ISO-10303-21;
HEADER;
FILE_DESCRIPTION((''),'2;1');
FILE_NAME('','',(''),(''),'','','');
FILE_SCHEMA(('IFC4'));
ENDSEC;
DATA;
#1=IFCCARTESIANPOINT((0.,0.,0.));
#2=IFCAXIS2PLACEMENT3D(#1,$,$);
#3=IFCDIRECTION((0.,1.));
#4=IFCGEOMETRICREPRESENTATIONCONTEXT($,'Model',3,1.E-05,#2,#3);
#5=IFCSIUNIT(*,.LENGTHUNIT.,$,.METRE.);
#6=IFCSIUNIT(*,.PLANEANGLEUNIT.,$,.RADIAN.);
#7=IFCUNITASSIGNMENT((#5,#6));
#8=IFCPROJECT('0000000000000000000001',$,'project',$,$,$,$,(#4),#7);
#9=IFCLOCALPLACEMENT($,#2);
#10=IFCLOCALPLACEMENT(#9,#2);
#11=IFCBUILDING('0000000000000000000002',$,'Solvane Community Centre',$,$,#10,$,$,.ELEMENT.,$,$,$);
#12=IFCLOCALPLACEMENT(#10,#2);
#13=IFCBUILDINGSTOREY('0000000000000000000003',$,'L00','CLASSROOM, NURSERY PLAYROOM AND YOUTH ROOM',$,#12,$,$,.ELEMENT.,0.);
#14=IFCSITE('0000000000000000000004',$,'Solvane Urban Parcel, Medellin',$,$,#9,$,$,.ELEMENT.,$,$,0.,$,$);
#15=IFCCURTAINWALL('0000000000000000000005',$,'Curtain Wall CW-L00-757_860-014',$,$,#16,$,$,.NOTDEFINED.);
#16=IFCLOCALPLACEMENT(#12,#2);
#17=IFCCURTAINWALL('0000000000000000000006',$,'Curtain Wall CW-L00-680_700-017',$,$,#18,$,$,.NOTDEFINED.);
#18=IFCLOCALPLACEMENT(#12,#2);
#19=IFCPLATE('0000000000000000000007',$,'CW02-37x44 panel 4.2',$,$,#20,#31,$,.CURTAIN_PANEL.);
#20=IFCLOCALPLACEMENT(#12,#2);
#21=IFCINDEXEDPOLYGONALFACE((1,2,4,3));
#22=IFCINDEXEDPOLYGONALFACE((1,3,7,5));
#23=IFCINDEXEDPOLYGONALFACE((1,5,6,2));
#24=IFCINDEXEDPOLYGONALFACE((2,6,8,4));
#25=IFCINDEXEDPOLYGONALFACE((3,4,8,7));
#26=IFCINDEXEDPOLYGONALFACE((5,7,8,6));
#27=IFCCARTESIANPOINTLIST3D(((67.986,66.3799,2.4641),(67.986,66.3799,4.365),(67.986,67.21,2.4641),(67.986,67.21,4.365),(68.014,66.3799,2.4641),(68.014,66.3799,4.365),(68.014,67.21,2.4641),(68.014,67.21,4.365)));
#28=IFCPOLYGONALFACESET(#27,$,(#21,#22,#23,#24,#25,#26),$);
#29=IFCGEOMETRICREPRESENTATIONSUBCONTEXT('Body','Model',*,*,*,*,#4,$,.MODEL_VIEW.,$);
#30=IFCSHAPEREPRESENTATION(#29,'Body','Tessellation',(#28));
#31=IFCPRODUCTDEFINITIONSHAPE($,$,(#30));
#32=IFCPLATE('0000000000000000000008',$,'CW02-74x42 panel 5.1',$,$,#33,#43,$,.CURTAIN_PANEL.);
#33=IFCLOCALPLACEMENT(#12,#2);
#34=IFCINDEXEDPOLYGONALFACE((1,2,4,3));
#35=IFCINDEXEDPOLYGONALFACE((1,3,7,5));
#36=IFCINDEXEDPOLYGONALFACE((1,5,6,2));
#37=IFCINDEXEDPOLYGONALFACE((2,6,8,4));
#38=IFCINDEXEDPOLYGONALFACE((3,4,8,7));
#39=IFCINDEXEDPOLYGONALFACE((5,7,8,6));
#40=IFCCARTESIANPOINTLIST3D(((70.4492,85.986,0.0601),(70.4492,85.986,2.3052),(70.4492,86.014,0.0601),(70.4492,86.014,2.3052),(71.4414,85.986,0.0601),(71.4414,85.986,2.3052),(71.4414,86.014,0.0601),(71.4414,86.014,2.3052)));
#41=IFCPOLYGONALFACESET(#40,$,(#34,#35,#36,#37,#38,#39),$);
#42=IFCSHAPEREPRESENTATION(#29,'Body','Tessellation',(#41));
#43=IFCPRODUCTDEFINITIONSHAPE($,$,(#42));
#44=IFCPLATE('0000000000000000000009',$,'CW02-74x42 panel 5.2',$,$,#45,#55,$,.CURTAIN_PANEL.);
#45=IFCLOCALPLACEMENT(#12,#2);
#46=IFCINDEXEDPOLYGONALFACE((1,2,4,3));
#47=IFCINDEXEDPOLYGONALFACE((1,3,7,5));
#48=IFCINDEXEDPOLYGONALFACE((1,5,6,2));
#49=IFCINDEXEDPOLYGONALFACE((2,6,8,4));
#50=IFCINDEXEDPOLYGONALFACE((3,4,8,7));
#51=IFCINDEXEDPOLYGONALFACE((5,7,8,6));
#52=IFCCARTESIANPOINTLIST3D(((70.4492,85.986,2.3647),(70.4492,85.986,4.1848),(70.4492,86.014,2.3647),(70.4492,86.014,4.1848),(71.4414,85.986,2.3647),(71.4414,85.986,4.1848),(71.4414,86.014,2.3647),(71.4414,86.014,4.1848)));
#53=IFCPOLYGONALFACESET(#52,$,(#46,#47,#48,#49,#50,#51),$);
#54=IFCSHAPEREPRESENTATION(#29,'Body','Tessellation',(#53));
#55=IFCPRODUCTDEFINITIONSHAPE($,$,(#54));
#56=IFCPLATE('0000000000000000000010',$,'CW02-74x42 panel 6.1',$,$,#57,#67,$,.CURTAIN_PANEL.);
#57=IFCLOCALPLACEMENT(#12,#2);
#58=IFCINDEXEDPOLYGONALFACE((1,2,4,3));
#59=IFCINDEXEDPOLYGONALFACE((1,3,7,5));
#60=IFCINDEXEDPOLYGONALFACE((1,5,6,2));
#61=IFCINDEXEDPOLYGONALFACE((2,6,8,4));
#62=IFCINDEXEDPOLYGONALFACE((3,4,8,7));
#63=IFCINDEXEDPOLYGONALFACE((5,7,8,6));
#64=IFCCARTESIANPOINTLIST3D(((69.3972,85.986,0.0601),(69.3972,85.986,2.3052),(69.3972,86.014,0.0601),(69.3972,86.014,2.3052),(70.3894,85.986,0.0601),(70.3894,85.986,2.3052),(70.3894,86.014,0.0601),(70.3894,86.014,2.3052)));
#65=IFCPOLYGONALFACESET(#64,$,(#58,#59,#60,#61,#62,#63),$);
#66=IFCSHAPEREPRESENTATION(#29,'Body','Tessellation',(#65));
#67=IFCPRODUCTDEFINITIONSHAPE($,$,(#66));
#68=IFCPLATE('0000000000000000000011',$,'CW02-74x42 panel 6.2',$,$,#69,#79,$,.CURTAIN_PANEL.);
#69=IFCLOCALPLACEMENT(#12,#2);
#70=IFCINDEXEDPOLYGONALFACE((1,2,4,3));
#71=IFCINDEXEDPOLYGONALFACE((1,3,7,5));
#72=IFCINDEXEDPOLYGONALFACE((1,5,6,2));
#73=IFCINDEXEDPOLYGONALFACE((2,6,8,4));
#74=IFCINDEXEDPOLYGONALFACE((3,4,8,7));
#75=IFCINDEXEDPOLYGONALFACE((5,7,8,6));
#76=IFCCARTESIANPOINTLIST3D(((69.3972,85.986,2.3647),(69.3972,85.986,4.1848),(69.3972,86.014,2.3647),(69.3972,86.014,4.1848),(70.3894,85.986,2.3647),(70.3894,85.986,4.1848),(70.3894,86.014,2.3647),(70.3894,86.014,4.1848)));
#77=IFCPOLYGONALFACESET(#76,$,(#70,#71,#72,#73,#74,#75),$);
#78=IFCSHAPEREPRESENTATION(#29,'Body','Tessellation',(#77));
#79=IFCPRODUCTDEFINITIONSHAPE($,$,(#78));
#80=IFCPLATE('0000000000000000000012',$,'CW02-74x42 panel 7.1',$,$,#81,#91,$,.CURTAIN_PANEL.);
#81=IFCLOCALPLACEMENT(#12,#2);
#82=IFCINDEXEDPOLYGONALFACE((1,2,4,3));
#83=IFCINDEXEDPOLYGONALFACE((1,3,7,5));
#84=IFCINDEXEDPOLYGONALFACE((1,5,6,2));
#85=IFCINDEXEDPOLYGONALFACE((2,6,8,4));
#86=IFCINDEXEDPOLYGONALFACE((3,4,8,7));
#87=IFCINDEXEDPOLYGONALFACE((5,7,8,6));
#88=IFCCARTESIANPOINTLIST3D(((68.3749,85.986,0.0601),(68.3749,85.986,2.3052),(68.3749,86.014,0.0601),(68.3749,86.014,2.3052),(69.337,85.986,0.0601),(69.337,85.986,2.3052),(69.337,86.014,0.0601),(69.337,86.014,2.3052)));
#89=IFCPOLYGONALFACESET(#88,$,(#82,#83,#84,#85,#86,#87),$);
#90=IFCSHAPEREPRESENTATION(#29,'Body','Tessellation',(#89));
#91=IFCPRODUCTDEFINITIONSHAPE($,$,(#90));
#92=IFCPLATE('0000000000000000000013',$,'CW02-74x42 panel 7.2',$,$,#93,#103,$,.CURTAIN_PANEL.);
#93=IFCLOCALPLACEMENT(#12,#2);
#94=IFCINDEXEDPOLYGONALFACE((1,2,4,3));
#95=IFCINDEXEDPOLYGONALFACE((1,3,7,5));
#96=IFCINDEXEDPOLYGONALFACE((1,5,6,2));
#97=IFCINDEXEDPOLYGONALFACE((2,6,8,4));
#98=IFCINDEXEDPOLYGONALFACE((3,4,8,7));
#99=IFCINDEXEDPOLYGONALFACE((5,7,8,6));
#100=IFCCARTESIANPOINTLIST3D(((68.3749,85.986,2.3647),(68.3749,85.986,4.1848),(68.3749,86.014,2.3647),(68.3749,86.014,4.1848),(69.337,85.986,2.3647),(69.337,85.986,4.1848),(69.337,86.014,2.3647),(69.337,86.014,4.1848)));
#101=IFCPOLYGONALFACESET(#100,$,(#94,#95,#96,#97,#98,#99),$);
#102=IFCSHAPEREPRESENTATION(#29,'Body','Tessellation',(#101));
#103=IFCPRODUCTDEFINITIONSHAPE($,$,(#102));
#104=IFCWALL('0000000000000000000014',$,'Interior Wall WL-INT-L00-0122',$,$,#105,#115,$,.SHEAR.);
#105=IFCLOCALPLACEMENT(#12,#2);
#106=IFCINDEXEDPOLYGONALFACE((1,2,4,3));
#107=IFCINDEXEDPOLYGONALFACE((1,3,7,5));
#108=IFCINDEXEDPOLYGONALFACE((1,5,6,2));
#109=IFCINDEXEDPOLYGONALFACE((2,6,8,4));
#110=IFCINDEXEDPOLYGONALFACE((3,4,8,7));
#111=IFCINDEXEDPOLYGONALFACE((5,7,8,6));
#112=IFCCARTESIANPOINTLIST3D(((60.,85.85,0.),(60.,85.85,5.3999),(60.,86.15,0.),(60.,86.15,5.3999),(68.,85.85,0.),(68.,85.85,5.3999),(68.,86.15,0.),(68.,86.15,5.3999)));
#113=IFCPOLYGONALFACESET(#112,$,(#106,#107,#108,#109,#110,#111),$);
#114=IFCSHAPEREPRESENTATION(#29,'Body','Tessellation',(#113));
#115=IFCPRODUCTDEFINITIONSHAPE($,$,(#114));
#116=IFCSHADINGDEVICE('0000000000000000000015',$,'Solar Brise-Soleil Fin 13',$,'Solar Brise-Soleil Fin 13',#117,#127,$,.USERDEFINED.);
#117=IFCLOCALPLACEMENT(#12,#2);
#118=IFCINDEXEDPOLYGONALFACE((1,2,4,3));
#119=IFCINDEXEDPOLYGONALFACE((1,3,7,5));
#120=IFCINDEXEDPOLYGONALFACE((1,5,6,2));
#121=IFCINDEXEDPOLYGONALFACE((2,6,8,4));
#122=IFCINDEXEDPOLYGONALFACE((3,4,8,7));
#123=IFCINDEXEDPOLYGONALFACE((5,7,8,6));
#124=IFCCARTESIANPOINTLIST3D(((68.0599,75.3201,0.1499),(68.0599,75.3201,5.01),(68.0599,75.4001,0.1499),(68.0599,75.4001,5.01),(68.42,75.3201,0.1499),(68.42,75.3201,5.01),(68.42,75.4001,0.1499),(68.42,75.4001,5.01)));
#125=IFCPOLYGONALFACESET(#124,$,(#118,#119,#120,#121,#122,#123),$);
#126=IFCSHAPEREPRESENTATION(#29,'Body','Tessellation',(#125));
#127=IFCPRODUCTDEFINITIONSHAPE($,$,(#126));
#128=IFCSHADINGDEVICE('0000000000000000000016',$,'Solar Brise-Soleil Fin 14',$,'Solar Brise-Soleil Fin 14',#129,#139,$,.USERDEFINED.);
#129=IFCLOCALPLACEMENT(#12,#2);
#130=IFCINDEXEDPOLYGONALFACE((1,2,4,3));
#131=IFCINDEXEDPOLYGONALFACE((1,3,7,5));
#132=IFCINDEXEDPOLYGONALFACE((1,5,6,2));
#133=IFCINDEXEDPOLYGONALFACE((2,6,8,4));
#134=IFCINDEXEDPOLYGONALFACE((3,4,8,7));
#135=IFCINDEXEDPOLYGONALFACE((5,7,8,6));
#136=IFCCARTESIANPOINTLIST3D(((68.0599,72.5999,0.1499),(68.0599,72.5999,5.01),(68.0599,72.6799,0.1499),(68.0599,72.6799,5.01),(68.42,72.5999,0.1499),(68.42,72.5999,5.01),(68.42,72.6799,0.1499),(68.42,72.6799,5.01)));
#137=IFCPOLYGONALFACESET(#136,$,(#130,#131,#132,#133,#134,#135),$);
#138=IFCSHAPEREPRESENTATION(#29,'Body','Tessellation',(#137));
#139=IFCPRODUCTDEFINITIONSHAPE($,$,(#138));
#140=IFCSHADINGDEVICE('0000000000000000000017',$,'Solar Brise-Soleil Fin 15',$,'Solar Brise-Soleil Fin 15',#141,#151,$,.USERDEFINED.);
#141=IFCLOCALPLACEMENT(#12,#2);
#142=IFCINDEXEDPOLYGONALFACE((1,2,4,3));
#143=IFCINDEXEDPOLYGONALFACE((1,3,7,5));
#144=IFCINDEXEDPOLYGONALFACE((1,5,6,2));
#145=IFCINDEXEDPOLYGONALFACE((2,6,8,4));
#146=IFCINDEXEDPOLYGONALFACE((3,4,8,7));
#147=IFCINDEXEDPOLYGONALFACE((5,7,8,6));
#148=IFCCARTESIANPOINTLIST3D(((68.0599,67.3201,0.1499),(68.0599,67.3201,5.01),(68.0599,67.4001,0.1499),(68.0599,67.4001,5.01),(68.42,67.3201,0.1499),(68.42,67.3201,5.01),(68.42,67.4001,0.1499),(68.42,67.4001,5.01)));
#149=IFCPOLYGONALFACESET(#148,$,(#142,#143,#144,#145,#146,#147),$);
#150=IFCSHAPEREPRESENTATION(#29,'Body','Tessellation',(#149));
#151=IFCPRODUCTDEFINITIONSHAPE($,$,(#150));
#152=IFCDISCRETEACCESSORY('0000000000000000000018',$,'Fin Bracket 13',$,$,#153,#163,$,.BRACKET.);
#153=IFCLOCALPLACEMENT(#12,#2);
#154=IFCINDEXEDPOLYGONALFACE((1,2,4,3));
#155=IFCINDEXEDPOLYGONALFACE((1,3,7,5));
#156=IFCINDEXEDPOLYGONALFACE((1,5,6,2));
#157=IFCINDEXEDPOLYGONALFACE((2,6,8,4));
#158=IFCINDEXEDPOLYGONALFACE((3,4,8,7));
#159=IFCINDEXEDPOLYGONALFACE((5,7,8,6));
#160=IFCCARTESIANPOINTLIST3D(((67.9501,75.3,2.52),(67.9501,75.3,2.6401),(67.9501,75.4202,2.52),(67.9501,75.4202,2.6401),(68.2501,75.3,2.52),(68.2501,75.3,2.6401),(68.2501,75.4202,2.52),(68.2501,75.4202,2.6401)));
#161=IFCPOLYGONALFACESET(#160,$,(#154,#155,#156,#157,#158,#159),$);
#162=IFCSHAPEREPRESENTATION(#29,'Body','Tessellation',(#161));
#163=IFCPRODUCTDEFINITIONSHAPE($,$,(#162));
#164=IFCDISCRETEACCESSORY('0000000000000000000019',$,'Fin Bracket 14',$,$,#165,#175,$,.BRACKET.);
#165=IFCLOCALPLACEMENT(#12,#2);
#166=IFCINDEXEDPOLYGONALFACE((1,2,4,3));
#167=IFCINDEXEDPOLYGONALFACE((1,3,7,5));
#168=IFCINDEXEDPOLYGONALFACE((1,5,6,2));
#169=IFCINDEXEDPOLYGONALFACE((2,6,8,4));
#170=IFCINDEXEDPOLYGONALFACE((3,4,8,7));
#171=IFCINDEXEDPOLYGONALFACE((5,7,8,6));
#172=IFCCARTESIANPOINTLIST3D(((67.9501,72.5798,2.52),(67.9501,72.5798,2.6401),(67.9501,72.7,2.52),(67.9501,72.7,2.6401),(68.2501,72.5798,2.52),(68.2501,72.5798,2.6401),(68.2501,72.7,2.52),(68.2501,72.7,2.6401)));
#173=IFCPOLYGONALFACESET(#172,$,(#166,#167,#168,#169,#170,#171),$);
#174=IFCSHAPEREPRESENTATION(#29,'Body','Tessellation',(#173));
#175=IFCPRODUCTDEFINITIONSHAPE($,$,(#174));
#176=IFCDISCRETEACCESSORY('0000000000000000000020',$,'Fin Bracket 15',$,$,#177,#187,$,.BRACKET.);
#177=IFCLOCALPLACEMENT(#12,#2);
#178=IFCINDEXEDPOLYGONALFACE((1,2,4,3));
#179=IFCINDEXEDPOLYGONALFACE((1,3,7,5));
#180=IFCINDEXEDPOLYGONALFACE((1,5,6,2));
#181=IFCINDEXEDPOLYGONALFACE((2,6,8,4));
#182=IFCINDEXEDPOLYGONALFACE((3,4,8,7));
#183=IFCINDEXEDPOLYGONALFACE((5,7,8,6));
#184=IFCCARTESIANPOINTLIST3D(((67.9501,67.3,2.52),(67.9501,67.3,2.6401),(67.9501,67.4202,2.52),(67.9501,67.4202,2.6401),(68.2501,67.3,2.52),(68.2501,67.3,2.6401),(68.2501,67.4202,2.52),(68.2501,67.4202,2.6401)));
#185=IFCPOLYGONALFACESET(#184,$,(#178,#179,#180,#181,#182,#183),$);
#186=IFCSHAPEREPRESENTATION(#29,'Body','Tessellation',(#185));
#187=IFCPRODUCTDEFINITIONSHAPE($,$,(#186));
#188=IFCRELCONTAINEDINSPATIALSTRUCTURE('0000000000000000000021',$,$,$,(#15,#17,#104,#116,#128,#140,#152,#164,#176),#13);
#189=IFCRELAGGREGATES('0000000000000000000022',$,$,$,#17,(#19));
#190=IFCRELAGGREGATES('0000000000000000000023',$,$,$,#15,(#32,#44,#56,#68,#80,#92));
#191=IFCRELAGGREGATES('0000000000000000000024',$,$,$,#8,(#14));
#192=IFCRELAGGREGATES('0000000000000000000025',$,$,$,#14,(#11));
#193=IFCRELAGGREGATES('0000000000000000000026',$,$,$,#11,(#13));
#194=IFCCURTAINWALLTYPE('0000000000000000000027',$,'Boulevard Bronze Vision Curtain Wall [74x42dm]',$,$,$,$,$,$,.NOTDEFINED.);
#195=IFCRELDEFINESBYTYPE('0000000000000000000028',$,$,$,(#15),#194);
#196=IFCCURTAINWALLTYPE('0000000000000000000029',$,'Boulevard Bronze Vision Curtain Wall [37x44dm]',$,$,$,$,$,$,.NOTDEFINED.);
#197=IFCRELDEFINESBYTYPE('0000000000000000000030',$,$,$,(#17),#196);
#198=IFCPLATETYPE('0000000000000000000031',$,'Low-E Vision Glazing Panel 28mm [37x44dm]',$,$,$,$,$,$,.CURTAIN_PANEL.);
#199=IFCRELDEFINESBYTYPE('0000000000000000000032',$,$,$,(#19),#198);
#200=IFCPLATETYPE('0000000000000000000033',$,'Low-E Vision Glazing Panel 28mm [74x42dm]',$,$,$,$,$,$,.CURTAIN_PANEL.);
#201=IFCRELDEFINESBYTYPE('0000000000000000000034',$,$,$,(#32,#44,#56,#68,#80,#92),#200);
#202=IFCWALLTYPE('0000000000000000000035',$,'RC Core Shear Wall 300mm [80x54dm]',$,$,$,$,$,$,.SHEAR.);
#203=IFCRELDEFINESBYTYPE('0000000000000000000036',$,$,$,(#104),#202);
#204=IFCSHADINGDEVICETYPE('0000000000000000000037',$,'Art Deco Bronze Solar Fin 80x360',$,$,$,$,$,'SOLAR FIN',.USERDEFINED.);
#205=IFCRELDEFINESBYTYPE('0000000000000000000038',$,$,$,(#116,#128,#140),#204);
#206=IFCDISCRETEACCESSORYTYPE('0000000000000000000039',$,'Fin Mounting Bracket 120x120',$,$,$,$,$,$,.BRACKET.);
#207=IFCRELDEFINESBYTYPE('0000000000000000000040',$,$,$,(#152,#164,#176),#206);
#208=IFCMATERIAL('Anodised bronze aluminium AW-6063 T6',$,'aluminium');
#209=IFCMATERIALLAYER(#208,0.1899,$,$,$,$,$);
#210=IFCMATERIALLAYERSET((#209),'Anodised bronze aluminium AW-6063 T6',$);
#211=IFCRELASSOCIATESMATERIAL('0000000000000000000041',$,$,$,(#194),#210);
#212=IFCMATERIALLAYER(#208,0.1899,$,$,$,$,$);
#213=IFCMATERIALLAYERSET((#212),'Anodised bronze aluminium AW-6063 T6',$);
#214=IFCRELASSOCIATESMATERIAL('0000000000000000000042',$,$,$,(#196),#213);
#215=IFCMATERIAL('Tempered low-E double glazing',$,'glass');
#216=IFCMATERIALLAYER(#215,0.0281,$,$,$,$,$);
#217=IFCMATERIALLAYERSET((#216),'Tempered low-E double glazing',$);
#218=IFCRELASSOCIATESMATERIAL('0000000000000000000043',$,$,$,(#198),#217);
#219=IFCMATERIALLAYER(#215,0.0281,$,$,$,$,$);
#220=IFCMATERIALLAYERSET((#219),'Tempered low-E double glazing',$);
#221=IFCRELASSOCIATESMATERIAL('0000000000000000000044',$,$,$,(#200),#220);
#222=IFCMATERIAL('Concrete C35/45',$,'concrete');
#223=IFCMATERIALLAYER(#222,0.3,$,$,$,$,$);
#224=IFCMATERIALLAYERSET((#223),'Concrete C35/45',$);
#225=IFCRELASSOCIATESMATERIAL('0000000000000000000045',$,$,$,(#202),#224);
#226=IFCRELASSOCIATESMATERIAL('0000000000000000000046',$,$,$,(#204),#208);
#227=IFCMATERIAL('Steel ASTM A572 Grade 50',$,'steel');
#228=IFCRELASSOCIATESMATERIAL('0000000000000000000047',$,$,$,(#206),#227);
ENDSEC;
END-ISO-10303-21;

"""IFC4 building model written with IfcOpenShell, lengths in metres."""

from ifc_helpers import new_model, si_unit, direction, frame, frame_2d, origin, origin_2d, place, context, subcontext, project, spatial, rectangle, extrude, material, layer, layer_set, type_object, element, aggregate, save


model = new_model("IFC4")

# Units and contexts
model_context = context("Model", 3, precision=1e-05, world=origin(), true_north=direction((0.0, 1.0)))
body_context = subcontext(model_context, "Body", "Model", "MODEL_VIEW")
ifc_project = project(units=[si_unit("LENGTHUNIT", "METRE"), si_unit("PLANEANGLEUNIT", "RADIAN")], contexts=[model_context])

# Site, building, storey
site_placement = place(None, origin())
site = spatial("IfcSite", under=ifc_project, at=site_placement, Name="Solvane Urban Parcel, Medellin", CompositionType="ELEMENT", RefElevation=0.0)
building_placement = place(site_placement, origin())
building = spatial("IfcBuilding", under=site, at=building_placement, Name="Solvane Community Centre", CompositionType="ELEMENT")
storey_placement = place(building_placement, origin())
storey = spatial("IfcBuildingStorey", under=building, at=storey_placement, Name="L00", Description="CLASSROOM, NURSERY PLAYROOM AND YOUTH ROOM", CompositionType="ELEMENT", Elevation=0.0)

# Curtain wall
ifc_material_1 = material(Name="Anodised bronze aluminium AW-6063 T6", Category="aluminium")
ifc_layer_1 = layer(ifc_material_1, 0.1899)
ifc_layer_set_1 = layer_set([ifc_layer_1], Name="Anodised bronze aluminium AW-6063 T6")
curtain_wall_type_1 = type_object("IfcCurtainWallType", Name="Boulevard Bronze Vision Curtain Wall [74x42dm]", PredefinedType="NOTDEFINED", material=ifc_layer_set_1)
curtain_wall_1_placement = place(storey_placement, origin())
curtain_wall_1 = element("IfcCurtainWall", 1, at=curtain_wall_1_placement, inside=storey, type_object=curtain_wall_type_1, Name="Curtain Wall CW-L00-757_860-014", PredefinedType="NOTDEFINED")

# Shared definitions
ifc_layer_2 = layer(ifc_material_1, 0.1899)
ifc_layer_set_2 = layer_set([ifc_layer_2], Name="Anodised bronze aluminium AW-6063 T6")
curtain_wall_type_2 = type_object("IfcCurtainWallType", Name="Boulevard Bronze Vision Curtain Wall [37x44dm]", PredefinedType="NOTDEFINED", material=ifc_layer_set_2)

# Curtain wall
curtain_wall_2_placement = place(storey_placement, origin())
curtain_wall_2 = element("IfcCurtainWall", 2, at=curtain_wall_2_placement, inside=storey, type_object=curtain_wall_type_2, Name="Curtain Wall CW-L00-680_700-017", PredefinedType="NOTDEFINED")

# Plates
ifc_material_2 = material(Name="Tempered low-E double glazing", Category="glass")
ifc_layer_3 = layer(ifc_material_2, 0.0281)
ifc_layer_set_3 = layer_set([ifc_layer_3], Name="Tempered low-E double glazing")
plate_type_1 = type_object("IfcPlateType", Name="Low-E Vision Glazing Panel 28mm [37x44dm]", PredefinedType="CURTAIN_PANEL", material=ifc_layer_set_3)
plate_1_placement = place(storey_placement, frame((68.0, 66.7949, 2.4641), z_axis=(0.0, 0.0, 1.0), x_axis=(0.0, -1.0, 0.0)))
plate_1 = element("IfcPlate", 3, at=plate_1_placement, type_object=plate_type_1, Name="CW02-37x44 panel 4.2", PredefinedType="CURTAIN_PANEL", context=body_context, shape_type="SweptSolid", body=[
    extrude(rectangle(XDim=0.8301, YDim=0.0281, at=origin_2d()), origin(), (0.0, 0.0, 1.0), 1.9009),
])
aggregate(curtain_wall_2, [plate_1])
ifc_layer_4 = layer(ifc_material_2, 0.0281)
ifc_layer_set_4 = layer_set([ifc_layer_4], Name="Tempered low-E double glazing")
plate_type_2 = type_object("IfcPlateType", Name="Low-E Vision Glazing Panel 28mm [74x42dm]", PredefinedType="CURTAIN_PANEL", material=ifc_layer_set_4)
plate_2_placement = place(storey_placement, frame((70.9453, 86.0, 0.0601), z_axis=(0.0, 0.0, 1.0), x_axis=(-1.0, 0.0, 0.0)))
plate_2 = element("IfcPlate", 4, at=plate_2_placement, type_object=plate_type_2, Name="CW02-74x42 panel 5.1", PredefinedType="CURTAIN_PANEL", context=body_context, shape_type="SweptSolid", body=[
    extrude(rectangle(XDim=0.9922, YDim=0.0281, at=origin_2d()), origin(), (0.0, 0.0, 1.0), 2.2451),
])
plate_3_placement = place(storey_placement, frame((70.9453, 86.0, 2.3647), z_axis=(0.0, 0.0, 1.0), x_axis=(-1.0, 0.0, 0.0)))
plate_3 = element("IfcPlate", 5, at=plate_3_placement, type_object=plate_type_2, Name="CW02-74x42 panel 5.2", PredefinedType="CURTAIN_PANEL", context=body_context, shape_type="SweptSolid", body=[
    extrude(rectangle(XDim=0.9922, YDim=0.0281, at=origin_2d()), origin(), (0.0, 0.0, 1.0), 1.8201),
])
plate_4_placement = place(storey_placement, frame((69.8933, 86.0, 0.0601), z_axis=(0.0, 0.0, 1.0), x_axis=(-1.0, 0.0, 0.0)))
plate_4 = element("IfcPlate", 6, at=plate_4_placement, type_object=plate_type_2, Name="CW02-74x42 panel 6.1", PredefinedType="CURTAIN_PANEL", context=body_context, shape_type="SweptSolid", body=[
    extrude(rectangle(XDim=0.9922, YDim=0.0281, at=origin_2d()), origin(), (0.0, 0.0, 1.0), 2.2451),
])
plate_5_placement = place(storey_placement, frame((69.8933, 86.0, 2.3647), z_axis=(0.0, 0.0, 1.0), x_axis=(-1.0, 0.0, 0.0)))
plate_5 = element("IfcPlate", 7, at=plate_5_placement, type_object=plate_type_2, Name="CW02-74x42 panel 6.2", PredefinedType="CURTAIN_PANEL", context=body_context, shape_type="SweptSolid", body=[
    extrude(rectangle(XDim=0.9922, YDim=0.0281, at=origin_2d()), origin(), (0.0, 0.0, 1.0), 1.8201),
])
plate_6_placement = place(storey_placement, frame((68.856, 86.0, 0.0601), z_axis=(0.0, 0.0, 1.0), x_axis=(-1.0, 0.0, 0.0)))
plate_6 = element("IfcPlate", 8, at=plate_6_placement, type_object=plate_type_2, Name="CW02-74x42 panel 7.1", PredefinedType="CURTAIN_PANEL", context=body_context, shape_type="SweptSolid", body=[
    extrude(rectangle(XDim=0.9622, YDim=0.0281, at=origin_2d()), origin(), (0.0, 0.0, 1.0), 2.2451),
])
plate_7_placement = place(storey_placement, frame((68.856, 86.0, 2.3647), z_axis=(0.0, 0.0, 1.0), x_axis=(-1.0, 0.0, 0.0)))
plate_7 = element("IfcPlate", 9, at=plate_7_placement, type_object=plate_type_2, Name="CW02-74x42 panel 7.2", PredefinedType="CURTAIN_PANEL", context=body_context, shape_type="SweptSolid", body=[
    extrude(rectangle(XDim=0.9622, YDim=0.0281, at=origin_2d()), origin(), (0.0, 0.0, 1.0), 1.8201),
])
aggregate(curtain_wall_1, [plate_2, plate_3, plate_4, plate_5, plate_6, plate_7])

# Wall
ifc_material_3 = material(Name="Concrete C35/45", Category="concrete")
ifc_layer_5 = layer(ifc_material_3, 0.3)
ifc_layer_set_5 = layer_set([ifc_layer_5], Name="Concrete C35/45")
wall_type = type_object("IfcWallType", Name="RC Core Shear Wall 300mm [80x54dm]", PredefinedType="SHEAR", material=ifc_layer_set_5)
wall_placement = place(storey_placement, frame((68.0, 86.0, 0.0), z_axis=(0.0, 0.0, 1.0), x_axis=(-1.0, 0.0, 0.0)))
element("IfcWall", 10, at=wall_placement, inside=storey, type_object=wall_type, Name="Interior Wall WL-INT-L00-0122", PredefinedType="SHEAR", context=body_context, shape_type="SweptSolid", body=[
    extrude(rectangle(XDim=8.0, YDim=0.3, at=frame_2d((4.0, 0.0))), origin(), (0.0, 0.0, 1.0), 5.3999),
])

# Shading devices
shading_device_type = type_object("IfcShadingDeviceType", Name="Art Deco Bronze Solar Fin 80x360", ElementType="SOLAR FIN", PredefinedType="USERDEFINED", material=ifc_material_1)
shading_device_1_placement = place(storey_placement, frame((68.24, 75.3601, 0.1499), z_axis=(0.0, 0.0, 1.0), x_axis=(0.0, -1.0, 0.0)))
element("IfcShadingDevice", 11, at=shading_device_1_placement, inside=storey, type_object=shading_device_type, Name="Solar Brise-Soleil Fin 13", ObjectType="Solar Brise-Soleil Fin 13", PredefinedType="USERDEFINED", context=body_context, shape_type="SweptSolid", body=[
    extrude(rectangle(XDim=0.0801, YDim=0.3601, at=origin_2d()), origin(), (0.0, 0.0, 1.0), 4.8601),
])
shading_device_2_placement = place(storey_placement, frame((68.24, 72.6399, 0.1499), z_axis=(0.0, 0.0, 1.0), x_axis=(0.0, -1.0, 0.0)))
element("IfcShadingDevice", 12, at=shading_device_2_placement, inside=storey, type_object=shading_device_type, Name="Solar Brise-Soleil Fin 14", ObjectType="Solar Brise-Soleil Fin 14", PredefinedType="USERDEFINED", context=body_context, shape_type="SweptSolid", body=[
    extrude(rectangle(XDim=0.0801, YDim=0.3601, at=origin_2d()), origin(), (0.0, 0.0, 1.0), 4.8601),
])
shading_device_3_placement = place(storey_placement, frame((68.24, 67.3601, 0.1499), z_axis=(0.0, 0.0, 1.0), x_axis=(0.0, -1.0, 0.0)))
element("IfcShadingDevice", 13, at=shading_device_3_placement, inside=storey, type_object=shading_device_type, Name="Solar Brise-Soleil Fin 15", ObjectType="Solar Brise-Soleil Fin 15", PredefinedType="USERDEFINED", context=body_context, shape_type="SweptSolid", body=[
    extrude(rectangle(XDim=0.0801, YDim=0.3601, at=origin_2d()), origin(), (0.0, 0.0, 1.0), 4.8601),
])

# Discrete accessories
ifc_material_4 = material(Name="Steel ASTM A572 Grade 50", Category="steel")
discrete_accessory_type = type_object("IfcDiscreteAccessoryType", Name="Fin Mounting Bracket 120x120", PredefinedType="BRACKET", material=ifc_material_4)
for number, where, z_axis, x_axis, name in (
    (14, (68.1001, 75.3601, 2.52), (0.0, 0.0, 1.0), (0.0, -1.0, 0.0), "Fin Bracket 13"),
    (15, (68.1001, 72.6399, 2.52), (0.0, 0.0, 1.0), (0.0, -1.0, 0.0), "Fin Bracket 14"),
    (16, (68.1001, 67.3601, 2.52), (0.0, 0.0, 1.0), (0.0, -1.0, 0.0), "Fin Bracket 15"),
):
    element("IfcDiscreteAccessory", number, at=place(storey_placement, frame(where, z_axis=z_axis, x_axis=x_axis)), inside=storey, type_object=discrete_accessory_type, Name=name, PredefinedType="BRACKET", context=body_context, shape_type="SweptSolid", body=[
        extrude(rectangle(XDim=0.1201, YDim=0.3, at=origin_2d()), origin(), (0.0, 0.0, 1.0), 0.1201),
    ])

save(model, "model.ifc")
